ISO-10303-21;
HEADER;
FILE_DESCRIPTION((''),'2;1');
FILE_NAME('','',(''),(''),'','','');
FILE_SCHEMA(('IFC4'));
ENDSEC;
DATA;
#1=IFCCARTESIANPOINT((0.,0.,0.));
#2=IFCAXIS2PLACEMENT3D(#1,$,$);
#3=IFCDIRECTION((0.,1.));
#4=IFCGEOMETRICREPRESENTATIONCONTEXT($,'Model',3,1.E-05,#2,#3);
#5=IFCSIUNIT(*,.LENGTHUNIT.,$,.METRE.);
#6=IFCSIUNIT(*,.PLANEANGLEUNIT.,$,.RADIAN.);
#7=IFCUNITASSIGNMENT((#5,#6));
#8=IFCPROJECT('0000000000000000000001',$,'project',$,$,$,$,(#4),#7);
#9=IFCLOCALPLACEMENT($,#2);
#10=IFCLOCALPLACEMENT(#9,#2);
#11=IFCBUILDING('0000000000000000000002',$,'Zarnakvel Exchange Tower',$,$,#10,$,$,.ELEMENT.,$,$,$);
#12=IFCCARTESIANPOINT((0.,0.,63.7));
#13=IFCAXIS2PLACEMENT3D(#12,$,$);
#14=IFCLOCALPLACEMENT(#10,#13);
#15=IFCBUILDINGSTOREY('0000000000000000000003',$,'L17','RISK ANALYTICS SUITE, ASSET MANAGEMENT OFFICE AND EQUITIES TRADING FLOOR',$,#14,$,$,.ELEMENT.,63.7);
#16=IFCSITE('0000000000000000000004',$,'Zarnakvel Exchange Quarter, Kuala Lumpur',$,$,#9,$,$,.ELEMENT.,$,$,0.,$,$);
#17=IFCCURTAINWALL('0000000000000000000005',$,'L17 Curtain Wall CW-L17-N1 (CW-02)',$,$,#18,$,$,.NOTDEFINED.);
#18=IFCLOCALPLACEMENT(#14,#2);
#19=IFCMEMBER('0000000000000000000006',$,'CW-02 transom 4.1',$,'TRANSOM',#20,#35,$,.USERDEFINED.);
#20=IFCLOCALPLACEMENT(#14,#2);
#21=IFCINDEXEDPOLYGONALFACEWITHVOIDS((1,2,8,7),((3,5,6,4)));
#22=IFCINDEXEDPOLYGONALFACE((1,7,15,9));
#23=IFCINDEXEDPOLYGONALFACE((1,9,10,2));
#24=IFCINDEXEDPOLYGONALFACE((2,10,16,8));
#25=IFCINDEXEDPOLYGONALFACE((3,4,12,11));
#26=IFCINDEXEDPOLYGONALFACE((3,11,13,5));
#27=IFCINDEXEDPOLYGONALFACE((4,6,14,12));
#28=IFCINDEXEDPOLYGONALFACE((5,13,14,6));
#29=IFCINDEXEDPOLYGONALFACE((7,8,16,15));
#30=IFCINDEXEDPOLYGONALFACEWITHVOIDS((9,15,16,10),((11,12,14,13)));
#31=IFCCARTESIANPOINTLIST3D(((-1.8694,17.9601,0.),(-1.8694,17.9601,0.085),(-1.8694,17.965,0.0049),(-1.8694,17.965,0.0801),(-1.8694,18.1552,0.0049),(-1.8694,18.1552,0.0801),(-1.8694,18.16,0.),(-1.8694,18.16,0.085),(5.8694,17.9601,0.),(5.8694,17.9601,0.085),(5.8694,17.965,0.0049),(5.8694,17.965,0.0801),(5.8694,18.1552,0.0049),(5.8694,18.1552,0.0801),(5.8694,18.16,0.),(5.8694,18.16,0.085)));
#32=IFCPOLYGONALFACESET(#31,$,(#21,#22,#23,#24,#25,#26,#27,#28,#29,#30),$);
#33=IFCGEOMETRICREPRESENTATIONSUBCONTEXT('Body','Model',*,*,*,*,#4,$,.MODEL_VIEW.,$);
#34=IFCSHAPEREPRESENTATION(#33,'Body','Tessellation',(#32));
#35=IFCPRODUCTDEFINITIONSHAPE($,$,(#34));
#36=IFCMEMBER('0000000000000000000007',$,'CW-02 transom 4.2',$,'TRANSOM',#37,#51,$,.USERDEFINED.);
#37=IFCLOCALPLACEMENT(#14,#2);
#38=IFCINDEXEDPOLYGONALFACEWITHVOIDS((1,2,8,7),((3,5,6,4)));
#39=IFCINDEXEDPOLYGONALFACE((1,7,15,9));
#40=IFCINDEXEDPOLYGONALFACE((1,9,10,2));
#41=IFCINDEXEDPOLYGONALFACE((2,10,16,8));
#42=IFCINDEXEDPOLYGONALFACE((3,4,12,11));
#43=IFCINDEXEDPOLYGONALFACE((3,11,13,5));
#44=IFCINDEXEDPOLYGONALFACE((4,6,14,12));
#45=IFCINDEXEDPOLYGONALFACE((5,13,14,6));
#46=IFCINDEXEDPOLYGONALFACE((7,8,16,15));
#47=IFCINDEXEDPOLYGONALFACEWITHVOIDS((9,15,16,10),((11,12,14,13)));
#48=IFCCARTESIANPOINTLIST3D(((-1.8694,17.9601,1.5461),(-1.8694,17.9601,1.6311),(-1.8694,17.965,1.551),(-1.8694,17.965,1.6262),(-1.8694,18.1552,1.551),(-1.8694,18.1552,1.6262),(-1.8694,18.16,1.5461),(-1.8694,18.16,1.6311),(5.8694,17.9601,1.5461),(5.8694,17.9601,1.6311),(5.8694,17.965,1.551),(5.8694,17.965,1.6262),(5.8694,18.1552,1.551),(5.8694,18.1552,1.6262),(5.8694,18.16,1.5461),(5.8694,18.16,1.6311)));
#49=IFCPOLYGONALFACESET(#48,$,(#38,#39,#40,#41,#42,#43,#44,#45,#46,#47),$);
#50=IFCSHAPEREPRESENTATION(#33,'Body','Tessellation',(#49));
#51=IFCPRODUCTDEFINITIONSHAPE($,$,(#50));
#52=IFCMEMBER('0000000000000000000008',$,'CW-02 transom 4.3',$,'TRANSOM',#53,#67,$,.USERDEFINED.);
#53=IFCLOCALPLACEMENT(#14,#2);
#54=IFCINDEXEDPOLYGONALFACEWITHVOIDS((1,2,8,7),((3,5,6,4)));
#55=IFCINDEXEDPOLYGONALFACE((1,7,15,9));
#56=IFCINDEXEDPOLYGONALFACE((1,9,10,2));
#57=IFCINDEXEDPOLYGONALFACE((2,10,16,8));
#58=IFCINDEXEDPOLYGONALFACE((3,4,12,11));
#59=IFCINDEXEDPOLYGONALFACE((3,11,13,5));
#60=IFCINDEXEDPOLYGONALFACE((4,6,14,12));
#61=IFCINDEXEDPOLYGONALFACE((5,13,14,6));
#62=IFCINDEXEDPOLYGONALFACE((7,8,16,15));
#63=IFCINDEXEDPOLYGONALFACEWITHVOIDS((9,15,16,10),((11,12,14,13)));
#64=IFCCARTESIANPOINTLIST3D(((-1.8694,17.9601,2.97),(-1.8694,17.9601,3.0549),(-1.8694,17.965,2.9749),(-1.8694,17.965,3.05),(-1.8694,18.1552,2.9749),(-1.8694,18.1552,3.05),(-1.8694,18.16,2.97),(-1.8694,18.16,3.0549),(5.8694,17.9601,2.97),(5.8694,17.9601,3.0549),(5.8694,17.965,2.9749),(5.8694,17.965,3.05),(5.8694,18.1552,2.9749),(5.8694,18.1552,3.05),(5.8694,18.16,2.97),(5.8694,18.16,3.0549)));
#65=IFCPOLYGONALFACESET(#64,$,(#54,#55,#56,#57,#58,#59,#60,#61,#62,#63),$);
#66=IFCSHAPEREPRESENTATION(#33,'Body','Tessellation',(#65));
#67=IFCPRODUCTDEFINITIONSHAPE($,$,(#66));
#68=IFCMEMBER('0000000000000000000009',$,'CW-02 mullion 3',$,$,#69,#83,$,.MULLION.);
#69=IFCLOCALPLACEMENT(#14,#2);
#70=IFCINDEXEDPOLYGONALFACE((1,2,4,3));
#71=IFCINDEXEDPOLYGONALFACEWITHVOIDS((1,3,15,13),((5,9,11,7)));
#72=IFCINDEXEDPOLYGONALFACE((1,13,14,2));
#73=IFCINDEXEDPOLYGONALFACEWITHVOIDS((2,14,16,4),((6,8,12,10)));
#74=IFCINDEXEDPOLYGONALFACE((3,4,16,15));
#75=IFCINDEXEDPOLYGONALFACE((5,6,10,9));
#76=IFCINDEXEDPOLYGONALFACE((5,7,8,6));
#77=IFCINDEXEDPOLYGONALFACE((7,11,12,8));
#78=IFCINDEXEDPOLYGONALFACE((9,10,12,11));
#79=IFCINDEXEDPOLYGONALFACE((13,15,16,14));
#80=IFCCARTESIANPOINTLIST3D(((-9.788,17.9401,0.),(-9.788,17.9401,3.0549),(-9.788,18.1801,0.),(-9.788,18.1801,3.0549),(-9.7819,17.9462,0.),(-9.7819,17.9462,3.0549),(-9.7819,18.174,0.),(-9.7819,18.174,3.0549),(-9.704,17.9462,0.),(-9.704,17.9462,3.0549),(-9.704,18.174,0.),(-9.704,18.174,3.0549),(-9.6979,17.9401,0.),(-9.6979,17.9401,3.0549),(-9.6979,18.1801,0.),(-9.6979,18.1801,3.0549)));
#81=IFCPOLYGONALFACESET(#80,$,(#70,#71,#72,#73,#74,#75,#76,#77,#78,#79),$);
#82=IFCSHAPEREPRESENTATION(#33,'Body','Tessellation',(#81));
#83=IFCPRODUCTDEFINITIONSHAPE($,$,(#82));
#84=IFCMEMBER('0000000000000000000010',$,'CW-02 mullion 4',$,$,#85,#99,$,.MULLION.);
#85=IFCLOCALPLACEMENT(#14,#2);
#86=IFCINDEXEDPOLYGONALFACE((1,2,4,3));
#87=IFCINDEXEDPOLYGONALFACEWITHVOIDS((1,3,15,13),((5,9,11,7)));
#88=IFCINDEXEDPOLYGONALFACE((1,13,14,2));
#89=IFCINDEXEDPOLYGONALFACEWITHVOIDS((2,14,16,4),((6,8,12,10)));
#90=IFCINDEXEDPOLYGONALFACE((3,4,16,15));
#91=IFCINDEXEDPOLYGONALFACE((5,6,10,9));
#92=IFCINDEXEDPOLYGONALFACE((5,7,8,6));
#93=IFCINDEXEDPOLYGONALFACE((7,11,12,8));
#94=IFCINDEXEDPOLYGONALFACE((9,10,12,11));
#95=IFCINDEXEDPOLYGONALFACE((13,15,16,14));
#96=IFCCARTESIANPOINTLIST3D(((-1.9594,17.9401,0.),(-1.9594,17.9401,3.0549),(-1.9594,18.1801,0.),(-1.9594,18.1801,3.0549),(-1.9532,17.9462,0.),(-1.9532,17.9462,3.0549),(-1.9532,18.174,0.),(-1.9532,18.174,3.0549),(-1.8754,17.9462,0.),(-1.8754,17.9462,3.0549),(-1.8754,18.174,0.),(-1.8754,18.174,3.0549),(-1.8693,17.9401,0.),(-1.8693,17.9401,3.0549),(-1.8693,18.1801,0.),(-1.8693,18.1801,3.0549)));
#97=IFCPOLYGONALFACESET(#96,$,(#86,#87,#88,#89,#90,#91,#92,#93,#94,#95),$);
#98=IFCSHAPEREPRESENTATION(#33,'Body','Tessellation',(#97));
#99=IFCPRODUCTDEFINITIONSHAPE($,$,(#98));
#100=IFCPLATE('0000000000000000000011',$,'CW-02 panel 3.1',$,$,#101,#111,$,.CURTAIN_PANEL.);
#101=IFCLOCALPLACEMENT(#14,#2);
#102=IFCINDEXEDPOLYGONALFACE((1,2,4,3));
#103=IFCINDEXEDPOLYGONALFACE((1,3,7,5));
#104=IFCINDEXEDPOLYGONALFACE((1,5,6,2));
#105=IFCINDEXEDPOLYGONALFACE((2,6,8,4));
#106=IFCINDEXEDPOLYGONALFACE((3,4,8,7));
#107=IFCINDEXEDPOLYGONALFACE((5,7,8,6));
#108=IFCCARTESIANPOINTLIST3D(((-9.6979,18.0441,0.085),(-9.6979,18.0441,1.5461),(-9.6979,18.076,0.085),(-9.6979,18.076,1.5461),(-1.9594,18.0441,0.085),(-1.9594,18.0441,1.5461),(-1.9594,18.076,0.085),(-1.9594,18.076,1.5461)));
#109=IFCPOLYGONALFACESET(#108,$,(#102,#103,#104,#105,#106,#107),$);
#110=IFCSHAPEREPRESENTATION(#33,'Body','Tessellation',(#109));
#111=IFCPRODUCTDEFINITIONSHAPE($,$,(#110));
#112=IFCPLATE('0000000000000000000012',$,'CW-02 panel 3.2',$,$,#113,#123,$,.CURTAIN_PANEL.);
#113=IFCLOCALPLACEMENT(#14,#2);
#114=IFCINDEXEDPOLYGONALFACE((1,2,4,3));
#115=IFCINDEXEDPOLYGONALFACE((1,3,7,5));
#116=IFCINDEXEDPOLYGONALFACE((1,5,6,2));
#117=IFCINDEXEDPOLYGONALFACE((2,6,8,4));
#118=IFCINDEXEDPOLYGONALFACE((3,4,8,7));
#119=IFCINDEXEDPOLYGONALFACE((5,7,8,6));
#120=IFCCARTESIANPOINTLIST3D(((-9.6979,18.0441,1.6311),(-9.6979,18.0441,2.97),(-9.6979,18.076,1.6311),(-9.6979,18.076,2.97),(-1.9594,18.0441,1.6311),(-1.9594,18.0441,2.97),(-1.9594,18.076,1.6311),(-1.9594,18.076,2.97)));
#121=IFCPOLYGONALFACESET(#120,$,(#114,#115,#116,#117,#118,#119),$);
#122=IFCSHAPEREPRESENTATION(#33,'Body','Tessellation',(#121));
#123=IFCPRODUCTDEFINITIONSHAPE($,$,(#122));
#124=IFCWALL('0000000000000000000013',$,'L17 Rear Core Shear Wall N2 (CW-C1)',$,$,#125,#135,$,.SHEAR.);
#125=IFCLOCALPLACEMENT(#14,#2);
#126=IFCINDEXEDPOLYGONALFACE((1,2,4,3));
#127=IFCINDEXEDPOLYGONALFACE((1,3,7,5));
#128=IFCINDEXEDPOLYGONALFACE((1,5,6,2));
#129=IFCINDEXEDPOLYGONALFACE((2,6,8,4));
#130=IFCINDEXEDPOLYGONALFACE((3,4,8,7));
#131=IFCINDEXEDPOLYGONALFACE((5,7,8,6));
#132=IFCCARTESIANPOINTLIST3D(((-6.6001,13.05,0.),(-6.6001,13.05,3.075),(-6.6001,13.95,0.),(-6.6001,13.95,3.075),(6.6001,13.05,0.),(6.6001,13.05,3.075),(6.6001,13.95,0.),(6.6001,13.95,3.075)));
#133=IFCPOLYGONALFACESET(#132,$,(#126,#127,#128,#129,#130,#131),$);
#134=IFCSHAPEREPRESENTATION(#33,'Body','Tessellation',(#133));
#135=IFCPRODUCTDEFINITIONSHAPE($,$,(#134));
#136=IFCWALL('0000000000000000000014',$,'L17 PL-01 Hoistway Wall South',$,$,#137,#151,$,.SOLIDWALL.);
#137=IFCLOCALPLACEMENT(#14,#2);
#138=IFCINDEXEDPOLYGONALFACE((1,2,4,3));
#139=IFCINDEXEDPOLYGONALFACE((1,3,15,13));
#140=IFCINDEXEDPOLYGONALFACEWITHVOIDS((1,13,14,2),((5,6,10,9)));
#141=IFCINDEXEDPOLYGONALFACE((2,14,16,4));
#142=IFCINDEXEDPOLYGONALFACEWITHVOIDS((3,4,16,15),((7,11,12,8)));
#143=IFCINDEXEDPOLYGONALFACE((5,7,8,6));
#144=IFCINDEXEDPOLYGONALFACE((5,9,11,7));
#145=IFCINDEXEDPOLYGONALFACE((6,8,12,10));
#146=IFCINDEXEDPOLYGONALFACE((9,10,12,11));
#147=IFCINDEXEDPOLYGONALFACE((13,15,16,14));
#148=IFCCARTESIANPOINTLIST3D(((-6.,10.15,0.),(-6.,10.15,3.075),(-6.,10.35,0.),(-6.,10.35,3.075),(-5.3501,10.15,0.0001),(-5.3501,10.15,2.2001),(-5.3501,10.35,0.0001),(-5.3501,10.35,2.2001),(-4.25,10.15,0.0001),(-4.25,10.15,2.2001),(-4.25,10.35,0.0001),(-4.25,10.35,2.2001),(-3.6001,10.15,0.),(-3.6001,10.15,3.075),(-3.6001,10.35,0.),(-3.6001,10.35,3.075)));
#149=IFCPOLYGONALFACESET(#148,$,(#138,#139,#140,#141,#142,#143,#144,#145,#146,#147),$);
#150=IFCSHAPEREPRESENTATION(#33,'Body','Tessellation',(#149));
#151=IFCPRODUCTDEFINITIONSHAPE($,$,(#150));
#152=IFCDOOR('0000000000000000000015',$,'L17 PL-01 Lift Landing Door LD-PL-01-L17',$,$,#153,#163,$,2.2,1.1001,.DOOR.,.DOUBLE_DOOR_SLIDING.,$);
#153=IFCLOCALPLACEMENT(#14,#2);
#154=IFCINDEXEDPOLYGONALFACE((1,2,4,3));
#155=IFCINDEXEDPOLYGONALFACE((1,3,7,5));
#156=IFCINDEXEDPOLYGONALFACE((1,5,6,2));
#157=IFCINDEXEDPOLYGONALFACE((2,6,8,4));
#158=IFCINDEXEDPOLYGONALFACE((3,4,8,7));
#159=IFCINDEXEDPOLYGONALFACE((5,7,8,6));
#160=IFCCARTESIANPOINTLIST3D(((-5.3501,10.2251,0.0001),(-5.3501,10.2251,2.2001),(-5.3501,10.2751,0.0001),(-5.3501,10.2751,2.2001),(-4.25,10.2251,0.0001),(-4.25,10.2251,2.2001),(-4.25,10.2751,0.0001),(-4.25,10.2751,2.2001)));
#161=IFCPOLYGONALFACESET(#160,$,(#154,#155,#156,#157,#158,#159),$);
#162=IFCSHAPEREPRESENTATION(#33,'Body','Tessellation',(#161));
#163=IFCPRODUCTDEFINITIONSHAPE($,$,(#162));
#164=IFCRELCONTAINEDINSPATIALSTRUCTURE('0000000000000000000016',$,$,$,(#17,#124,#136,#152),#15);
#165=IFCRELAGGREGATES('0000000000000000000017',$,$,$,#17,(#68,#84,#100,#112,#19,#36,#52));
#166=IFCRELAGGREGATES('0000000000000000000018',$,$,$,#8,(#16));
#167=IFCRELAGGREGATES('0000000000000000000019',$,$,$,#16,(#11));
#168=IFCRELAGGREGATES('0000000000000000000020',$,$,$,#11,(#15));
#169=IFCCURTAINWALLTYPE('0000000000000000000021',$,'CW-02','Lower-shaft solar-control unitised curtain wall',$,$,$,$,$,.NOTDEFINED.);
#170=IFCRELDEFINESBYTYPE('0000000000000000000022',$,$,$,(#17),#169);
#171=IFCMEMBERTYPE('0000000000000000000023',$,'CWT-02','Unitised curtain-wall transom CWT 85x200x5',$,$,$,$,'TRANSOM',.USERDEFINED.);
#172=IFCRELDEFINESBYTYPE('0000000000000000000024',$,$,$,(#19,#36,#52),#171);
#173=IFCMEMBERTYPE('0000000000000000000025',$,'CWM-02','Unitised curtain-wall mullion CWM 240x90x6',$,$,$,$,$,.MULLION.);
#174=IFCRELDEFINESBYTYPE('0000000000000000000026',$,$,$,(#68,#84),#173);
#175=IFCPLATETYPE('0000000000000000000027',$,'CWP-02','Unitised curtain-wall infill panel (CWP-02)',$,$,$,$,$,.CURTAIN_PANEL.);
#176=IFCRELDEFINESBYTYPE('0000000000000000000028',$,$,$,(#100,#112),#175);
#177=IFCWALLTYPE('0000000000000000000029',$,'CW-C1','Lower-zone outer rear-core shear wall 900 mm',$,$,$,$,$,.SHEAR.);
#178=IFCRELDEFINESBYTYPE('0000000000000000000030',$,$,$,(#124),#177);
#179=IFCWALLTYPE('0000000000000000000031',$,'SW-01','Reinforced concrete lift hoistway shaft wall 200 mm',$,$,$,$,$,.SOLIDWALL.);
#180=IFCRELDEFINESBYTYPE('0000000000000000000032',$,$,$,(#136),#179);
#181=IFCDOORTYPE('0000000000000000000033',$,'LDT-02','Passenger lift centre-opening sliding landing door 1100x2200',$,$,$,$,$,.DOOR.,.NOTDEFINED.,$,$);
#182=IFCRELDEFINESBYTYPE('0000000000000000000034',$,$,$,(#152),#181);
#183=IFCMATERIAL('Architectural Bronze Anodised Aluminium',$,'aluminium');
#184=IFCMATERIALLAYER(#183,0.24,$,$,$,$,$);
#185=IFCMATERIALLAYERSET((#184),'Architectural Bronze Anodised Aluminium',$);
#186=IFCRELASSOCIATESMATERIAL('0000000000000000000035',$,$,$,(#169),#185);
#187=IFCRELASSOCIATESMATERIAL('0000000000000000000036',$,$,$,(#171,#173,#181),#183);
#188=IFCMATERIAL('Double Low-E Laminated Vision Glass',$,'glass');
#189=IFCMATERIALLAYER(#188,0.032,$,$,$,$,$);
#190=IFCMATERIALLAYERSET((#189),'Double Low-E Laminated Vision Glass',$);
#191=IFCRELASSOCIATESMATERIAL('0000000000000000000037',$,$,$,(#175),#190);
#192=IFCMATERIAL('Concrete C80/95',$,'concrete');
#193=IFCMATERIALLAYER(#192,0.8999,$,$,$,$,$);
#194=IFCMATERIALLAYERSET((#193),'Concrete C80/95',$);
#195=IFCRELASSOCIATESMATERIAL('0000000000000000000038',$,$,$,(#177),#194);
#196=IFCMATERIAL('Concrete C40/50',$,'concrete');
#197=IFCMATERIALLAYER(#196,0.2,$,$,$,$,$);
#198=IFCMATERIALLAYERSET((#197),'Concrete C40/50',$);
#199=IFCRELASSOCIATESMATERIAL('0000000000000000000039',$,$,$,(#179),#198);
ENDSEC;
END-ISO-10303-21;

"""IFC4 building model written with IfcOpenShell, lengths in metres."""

from ifc_helpers import new_model, si_unit, direction, frame, frame_2d, origin, origin_2d, place, context, subcontext, project, spatial, rectangle, hollow_rectangle, extrude, source, transform, mapped, material, layer, layer_set, material_profile, profile_set, type_object, element, fill, aggregate, save


model = new_model("IFC4")

# Units and contexts
model_context = context("Model", 3, precision=1e-05, world=origin(), true_north=direction((0.0, 1.0)))
body_context = subcontext(model_context, "Body", "Model", "MODEL_VIEW")
ifc_project = project(units=[si_unit("LENGTHUNIT", "METRE"), si_unit("PLANEANGLEUNIT", "RADIAN")], contexts=[model_context])

# Site, building, storey
site_placement = place(None, origin())
site = spatial("IfcSite", under=ifc_project, at=site_placement, Name="Zarnakvel Exchange Quarter, Kuala Lumpur", CompositionType="ELEMENT", RefElevation=0.0)
building_placement = place(site_placement, origin())
building = spatial("IfcBuilding", under=site, at=building_placement, Name="Zarnakvel Exchange Tower", CompositionType="ELEMENT")
storey_placement = place(building_placement, frame((0.0, 0.0, 63.7)))
storey = spatial("IfcBuildingStorey", under=building, at=storey_placement, Name="L17", Description="RISK ANALYTICS SUITE, ASSET MANAGEMENT OFFICE AND EQUITIES TRADING FLOOR", CompositionType="ELEMENT", Elevation=63.7)

# Shared definitions
ifc_material_1 = material(Name="Concrete C80/95", Category="concrete")

# Curtain wall, members, plates
ifc_material_2 = material(Name="Architectural Bronze Anodised Aluminium", Category="aluminium")
ifc_layer_1 = layer(ifc_material_2, 0.24)
ifc_layer_set_1 = layer_set([ifc_layer_1], Name="Architectural Bronze Anodised Aluminium")
curtain_wall_type = type_object("IfcCurtainWallType", Name="CW-02", Description="Lower-shaft solar-control unitised curtain wall", PredefinedType="NOTDEFINED", material=ifc_layer_set_1)
curtain_wall_placement = place(storey_placement, origin())
curtain_wall = element("IfcCurtainWall", 1, at=curtain_wall_placement, inside=storey, type_object=curtain_wall_type, Name="L17 Curtain Wall CW-L17-N1 (CW-02)", PredefinedType="NOTDEFINED")
ifc_material_profile_1 = material_profile(ifc_material_2, hollow_rectangle(XDim=0.2, YDim=0.085, WallThickness=0.0049, at=origin_2d()))
ifc_profile_set_1 = profile_set([ifc_material_profile_1], Name="Architectural Bronze Anodised Aluminium")
member_type_1 = type_object("IfcMemberType", Name="CWT-02", Description="Unitised curtain-wall transom CWT 85x200x5", ElementType="TRANSOM", PredefinedType="USERDEFINED", material=ifc_profile_set_1)
shared_shape_1 = source(origin(), body_context, "Body", "SweptSolid", [
    extrude(hollow_rectangle(XDim=0.2, YDim=0.085, WallThickness=0.0049, at=origin_2d()), origin(), (0.0, 0.0, 1.0), 7.7388),
])
member_1_placement = place(storey_placement, frame((-1.8694, 18.0601, 0.0425), z_axis=(1.0, 0.0, 0.0), x_axis=(0.0, 1.0, 0.0)))
member_1 = element("IfcMember", 2, at=member_1_placement, type_object=member_type_1, Name="CW-02 transom 4.1", ObjectType="TRANSOM", PredefinedType="USERDEFINED", context=body_context, shape_type="MappedRepresentation", body=[
    mapped(shared_shape_1, transform((0.0, 0.0, 0.0), x_axis=(1.0, 0.0, 0.0), y_axis=(0.0, 1.0, 0.0), z_axis=(0.0, 0.0, 1.0), scale=1.0)),
])
member_2_placement = place(storey_placement, frame((-1.8694, 18.0601, 1.5886), z_axis=(1.0, 0.0, 0.0), x_axis=(0.0, 1.0, 0.0)))
member_2 = element("IfcMember", 3, at=member_2_placement, type_object=member_type_1, Name="CW-02 transom 4.2", ObjectType="TRANSOM", PredefinedType="USERDEFINED", context=body_context, shape_type="MappedRepresentation", body=[
    mapped(shared_shape_1, transform((0.0, 0.0, 0.0), x_axis=(1.0, 0.0, 0.0), y_axis=(0.0, 1.0, 0.0), z_axis=(0.0, 0.0, 1.0), scale=1.0)),
])
member_3_placement = place(storey_placement, frame((-1.8694, 18.0601, 3.0125), z_axis=(1.0, 0.0, 0.0), x_axis=(0.0, 1.0, 0.0)))
member_3 = element("IfcMember", 4, at=member_3_placement, type_object=member_type_1, Name="CW-02 transom 4.3", ObjectType="TRANSOM", PredefinedType="USERDEFINED", context=body_context, shape_type="MappedRepresentation", body=[
    mapped(shared_shape_1, transform((0.0, 0.0, 0.0), x_axis=(1.0, 0.0, 0.0), y_axis=(0.0, 1.0, 0.0), z_axis=(0.0, 0.0, 1.0), scale=1.0)),
])
ifc_material_profile_2 = material_profile(ifc_material_2, hollow_rectangle(XDim=0.24, YDim=0.0901, WallThickness=0.0061, at=origin_2d()))
ifc_profile_set_2 = profile_set([ifc_material_profile_2], Name="Architectural Bronze Anodised Aluminium")
member_type_2 = type_object("IfcMemberType", Name="CWM-02", Description="Unitised curtain-wall mullion CWM 240x90x6", PredefinedType="MULLION", material=ifc_profile_set_2)
shared_shape_2 = source(origin(), body_context, "Body", "SweptSolid", [
    extrude(hollow_rectangle(XDim=0.24, YDim=0.0901, WallThickness=0.0061, at=origin_2d()), origin(), (0.0, 0.0, 1.0), 3.0549),
])
member_4_placement = place(storey_placement, frame((-9.7429, 18.0601, 0.0), z_axis=(0.0, 0.0, 1.0), x_axis=(0.0, 1.0, 0.0)))
member_4 = element("IfcMember", 5, at=member_4_placement, type_object=member_type_2, Name="CW-02 mullion 3", PredefinedType="MULLION", context=body_context, shape_type="MappedRepresentation", body=[
    mapped(shared_shape_2, transform((0.0, 0.0, 0.0), x_axis=(1.0, 0.0, 0.0), y_axis=(0.0, 1.0, 0.0), z_axis=(0.0, 0.0, 1.0), scale=1.0)),
])
member_5_placement = place(storey_placement, frame((-1.9143, 18.0601, 0.0), z_axis=(0.0, 0.0, 1.0), x_axis=(0.0, 1.0, 0.0)))
member_5 = element("IfcMember", 6, at=member_5_placement, type_object=member_type_2, Name="CW-02 mullion 4", PredefinedType="MULLION", context=body_context, shape_type="MappedRepresentation", body=[
    mapped(shared_shape_2, transform((0.0, 0.0, 0.0), x_axis=(1.0, 0.0, 0.0), y_axis=(0.0, 1.0, 0.0), z_axis=(0.0, 0.0, 1.0), scale=1.0)),
])
ifc_material_3 = material(Name="Double Low-E Laminated Vision Glass", Category="glass")
ifc_layer_2 = layer(ifc_material_3, 0.032)
ifc_layer_set_2 = layer_set([ifc_layer_2], Name="Double Low-E Laminated Vision Glass")
plate_type = type_object("IfcPlateType", Name="CWP-02", Description="Unitised curtain-wall infill panel (CWP-02)", PredefinedType="CURTAIN_PANEL", material=ifc_layer_set_2)
shared_shape_3 = source(origin(), body_context, "Body", "SweptSolid", [
    extrude(rectangle(XDim=7.7385, YDim=0.032, at=origin_2d()), origin(), (0.0, 0.0, 1.0), 1.4612),
])
plate_1_placement = place(storey_placement, frame((-5.8286, 18.0601, 0.085), z_axis=(0.0, 0.0, 1.0), x_axis=(1.0, 0.0, 0.0)))
plate_1 = element("IfcPlate", 7, at=plate_1_placement, type_object=plate_type, Name="CW-02 panel 3.1", PredefinedType="CURTAIN_PANEL", context=body_context, shape_type="MappedRepresentation", body=[
    mapped(shared_shape_3, transform((0.0, 0.0, 0.0), x_axis=(1.0, 0.0, 0.0), y_axis=(0.0, 1.0, 0.0), z_axis=(0.0, 0.0, 1.0), scale=1.0)),
])
shared_shape_4 = source(origin(), body_context, "Body", "SweptSolid", [
    extrude(rectangle(XDim=7.7385, YDim=0.032, at=origin_2d()), origin(), (0.0, 0.0, 1.0), 1.3389),
])
plate_2_placement = place(storey_placement, frame((-5.8286, 18.0601, 1.6311), z_axis=(0.0, 0.0, 1.0), x_axis=(1.0, 0.0, 0.0)))
plate_2 = element("IfcPlate", 8, at=plate_2_placement, type_object=plate_type, Name="CW-02 panel 3.2", PredefinedType="CURTAIN_PANEL", context=body_context, shape_type="MappedRepresentation", body=[
    mapped(shared_shape_4, transform((0.0, 0.0, 0.0), x_axis=(1.0, 0.0, 0.0), y_axis=(0.0, 1.0, 0.0), z_axis=(0.0, 0.0, 1.0), scale=1.0)),
])
aggregate(curtain_wall, [member_4, member_5, plate_1, plate_2, member_1, member_2, member_3])

# Wall
ifc_layer_3 = layer(ifc_material_1, 0.8999)
ifc_layer_set_3 = layer_set([ifc_layer_3], Name="Concrete C80/95")
wall_type_1 = type_object("IfcWallType", Name="CW-C1", Description="Lower-zone outer rear-core shear wall 900 mm", PredefinedType="SHEAR", material=ifc_layer_set_3)
wall_1_placement = place(storey_placement, frame((-6.6001, 13.5, 0.0), z_axis=(0.0, 0.0, 1.0), x_axis=(1.0, 0.0, 0.0)))
element("IfcWall", 9, at=wall_1_placement, inside=storey, type_object=wall_type_1, Name="L17 Rear Core Shear Wall N2 (CW-C1)", PredefinedType="SHEAR", context=body_context, shape_type="SweptSolid", body=[
    extrude(rectangle(XDim=13.2002, YDim=0.8999, at=frame_2d((6.6001, 0.0))), origin(), (0.0, 0.0, 1.0), 3.075),
])

# Wall, opening, door
ifc_material_4 = material(Name="Concrete C40/50", Category="concrete")
ifc_layer_4 = layer(ifc_material_4, 0.2)
ifc_layer_set_4 = layer_set([ifc_layer_4], Name="Concrete C40/50")
wall_type_2 = type_object("IfcWallType", Name="SW-01", Description="Reinforced concrete lift hoistway shaft wall 200 mm", PredefinedType="SOLIDWALL", material=ifc_layer_set_4)
wall_2_placement = place(storey_placement, frame((-3.6001, 10.25, 0.0), z_axis=(0.0, 0.0, 1.0), x_axis=(-1.0, 0.0, 0.0)))
wall_2 = element("IfcWall", 10, at=wall_2_placement, inside=storey, type_object=wall_type_2, Name="L17 PL-01 Hoistway Wall South", PredefinedType="SOLIDWALL", context=body_context, shape_type="SweptSolid", body=[
    extrude(rectangle(XDim=2.3999, YDim=0.2, at=frame_2d((1.2, 0.0))), origin(), (0.0, 0.0, 1.0), 3.075),
])
opening_placement = place(wall_2_placement, frame((0.6499, 0.0, 0.0)))
opening = element("IfcOpeningElement", 11, at=opening_placement, cuts=wall_2, PredefinedType="OPENING", context=body_context, shape_type="SweptSolid", body=[
    extrude(rectangle(XDim=1.1001, YDim=2.2, at=frame_2d((0.55, 1.1001))), frame((0.0, 0.1099, 0.0), z_axis=(0.0, -1.0, 0.0), x_axis=(1.0, 0.0, 0.0)), (0.0, 0.0, 1.0), 0.22),
])
door_type = type_object("IfcDoorType", Name="LDT-02", Description="Passenger lift centre-opening sliding landing door 1100x2200", OperationType="NOTDEFINED", PredefinedType="DOOR", material=ifc_material_2)
shared_shape_5 = source(origin(), body_context, "Body", "SweptSolid", [
    extrude(rectangle(XDim=1.1001, YDim=2.2, at=frame_2d((0.55, 1.1001))), frame((0.0, 0.0249, 0.0), z_axis=(0.0, -1.0, 0.0), x_axis=(1.0, 0.0, 0.0)), (0.0, 0.0, 1.0), 0.05),
])
door_placement = place(opening_placement, origin())
door = element("IfcDoor", 12, at=door_placement, inside=storey, type_object=door_type, Name="L17 PL-01 Lift Landing Door LD-PL-01-L17", OperationType="DOUBLE_DOOR_SLIDING", OverallHeight=2.2, OverallWidth=1.1001, PredefinedType="DOOR", context=body_context, shape_type="MappedRepresentation", body=[
    mapped(shared_shape_5, transform((0.0, 0.0, 0.0), x_axis=(1.0, 0.0, 0.0), y_axis=(0.0, 1.0, 0.0), z_axis=(0.0, 0.0, 1.0), scale=1.0)),
])
fill(opening, door)

save(model, "model.ifc")
